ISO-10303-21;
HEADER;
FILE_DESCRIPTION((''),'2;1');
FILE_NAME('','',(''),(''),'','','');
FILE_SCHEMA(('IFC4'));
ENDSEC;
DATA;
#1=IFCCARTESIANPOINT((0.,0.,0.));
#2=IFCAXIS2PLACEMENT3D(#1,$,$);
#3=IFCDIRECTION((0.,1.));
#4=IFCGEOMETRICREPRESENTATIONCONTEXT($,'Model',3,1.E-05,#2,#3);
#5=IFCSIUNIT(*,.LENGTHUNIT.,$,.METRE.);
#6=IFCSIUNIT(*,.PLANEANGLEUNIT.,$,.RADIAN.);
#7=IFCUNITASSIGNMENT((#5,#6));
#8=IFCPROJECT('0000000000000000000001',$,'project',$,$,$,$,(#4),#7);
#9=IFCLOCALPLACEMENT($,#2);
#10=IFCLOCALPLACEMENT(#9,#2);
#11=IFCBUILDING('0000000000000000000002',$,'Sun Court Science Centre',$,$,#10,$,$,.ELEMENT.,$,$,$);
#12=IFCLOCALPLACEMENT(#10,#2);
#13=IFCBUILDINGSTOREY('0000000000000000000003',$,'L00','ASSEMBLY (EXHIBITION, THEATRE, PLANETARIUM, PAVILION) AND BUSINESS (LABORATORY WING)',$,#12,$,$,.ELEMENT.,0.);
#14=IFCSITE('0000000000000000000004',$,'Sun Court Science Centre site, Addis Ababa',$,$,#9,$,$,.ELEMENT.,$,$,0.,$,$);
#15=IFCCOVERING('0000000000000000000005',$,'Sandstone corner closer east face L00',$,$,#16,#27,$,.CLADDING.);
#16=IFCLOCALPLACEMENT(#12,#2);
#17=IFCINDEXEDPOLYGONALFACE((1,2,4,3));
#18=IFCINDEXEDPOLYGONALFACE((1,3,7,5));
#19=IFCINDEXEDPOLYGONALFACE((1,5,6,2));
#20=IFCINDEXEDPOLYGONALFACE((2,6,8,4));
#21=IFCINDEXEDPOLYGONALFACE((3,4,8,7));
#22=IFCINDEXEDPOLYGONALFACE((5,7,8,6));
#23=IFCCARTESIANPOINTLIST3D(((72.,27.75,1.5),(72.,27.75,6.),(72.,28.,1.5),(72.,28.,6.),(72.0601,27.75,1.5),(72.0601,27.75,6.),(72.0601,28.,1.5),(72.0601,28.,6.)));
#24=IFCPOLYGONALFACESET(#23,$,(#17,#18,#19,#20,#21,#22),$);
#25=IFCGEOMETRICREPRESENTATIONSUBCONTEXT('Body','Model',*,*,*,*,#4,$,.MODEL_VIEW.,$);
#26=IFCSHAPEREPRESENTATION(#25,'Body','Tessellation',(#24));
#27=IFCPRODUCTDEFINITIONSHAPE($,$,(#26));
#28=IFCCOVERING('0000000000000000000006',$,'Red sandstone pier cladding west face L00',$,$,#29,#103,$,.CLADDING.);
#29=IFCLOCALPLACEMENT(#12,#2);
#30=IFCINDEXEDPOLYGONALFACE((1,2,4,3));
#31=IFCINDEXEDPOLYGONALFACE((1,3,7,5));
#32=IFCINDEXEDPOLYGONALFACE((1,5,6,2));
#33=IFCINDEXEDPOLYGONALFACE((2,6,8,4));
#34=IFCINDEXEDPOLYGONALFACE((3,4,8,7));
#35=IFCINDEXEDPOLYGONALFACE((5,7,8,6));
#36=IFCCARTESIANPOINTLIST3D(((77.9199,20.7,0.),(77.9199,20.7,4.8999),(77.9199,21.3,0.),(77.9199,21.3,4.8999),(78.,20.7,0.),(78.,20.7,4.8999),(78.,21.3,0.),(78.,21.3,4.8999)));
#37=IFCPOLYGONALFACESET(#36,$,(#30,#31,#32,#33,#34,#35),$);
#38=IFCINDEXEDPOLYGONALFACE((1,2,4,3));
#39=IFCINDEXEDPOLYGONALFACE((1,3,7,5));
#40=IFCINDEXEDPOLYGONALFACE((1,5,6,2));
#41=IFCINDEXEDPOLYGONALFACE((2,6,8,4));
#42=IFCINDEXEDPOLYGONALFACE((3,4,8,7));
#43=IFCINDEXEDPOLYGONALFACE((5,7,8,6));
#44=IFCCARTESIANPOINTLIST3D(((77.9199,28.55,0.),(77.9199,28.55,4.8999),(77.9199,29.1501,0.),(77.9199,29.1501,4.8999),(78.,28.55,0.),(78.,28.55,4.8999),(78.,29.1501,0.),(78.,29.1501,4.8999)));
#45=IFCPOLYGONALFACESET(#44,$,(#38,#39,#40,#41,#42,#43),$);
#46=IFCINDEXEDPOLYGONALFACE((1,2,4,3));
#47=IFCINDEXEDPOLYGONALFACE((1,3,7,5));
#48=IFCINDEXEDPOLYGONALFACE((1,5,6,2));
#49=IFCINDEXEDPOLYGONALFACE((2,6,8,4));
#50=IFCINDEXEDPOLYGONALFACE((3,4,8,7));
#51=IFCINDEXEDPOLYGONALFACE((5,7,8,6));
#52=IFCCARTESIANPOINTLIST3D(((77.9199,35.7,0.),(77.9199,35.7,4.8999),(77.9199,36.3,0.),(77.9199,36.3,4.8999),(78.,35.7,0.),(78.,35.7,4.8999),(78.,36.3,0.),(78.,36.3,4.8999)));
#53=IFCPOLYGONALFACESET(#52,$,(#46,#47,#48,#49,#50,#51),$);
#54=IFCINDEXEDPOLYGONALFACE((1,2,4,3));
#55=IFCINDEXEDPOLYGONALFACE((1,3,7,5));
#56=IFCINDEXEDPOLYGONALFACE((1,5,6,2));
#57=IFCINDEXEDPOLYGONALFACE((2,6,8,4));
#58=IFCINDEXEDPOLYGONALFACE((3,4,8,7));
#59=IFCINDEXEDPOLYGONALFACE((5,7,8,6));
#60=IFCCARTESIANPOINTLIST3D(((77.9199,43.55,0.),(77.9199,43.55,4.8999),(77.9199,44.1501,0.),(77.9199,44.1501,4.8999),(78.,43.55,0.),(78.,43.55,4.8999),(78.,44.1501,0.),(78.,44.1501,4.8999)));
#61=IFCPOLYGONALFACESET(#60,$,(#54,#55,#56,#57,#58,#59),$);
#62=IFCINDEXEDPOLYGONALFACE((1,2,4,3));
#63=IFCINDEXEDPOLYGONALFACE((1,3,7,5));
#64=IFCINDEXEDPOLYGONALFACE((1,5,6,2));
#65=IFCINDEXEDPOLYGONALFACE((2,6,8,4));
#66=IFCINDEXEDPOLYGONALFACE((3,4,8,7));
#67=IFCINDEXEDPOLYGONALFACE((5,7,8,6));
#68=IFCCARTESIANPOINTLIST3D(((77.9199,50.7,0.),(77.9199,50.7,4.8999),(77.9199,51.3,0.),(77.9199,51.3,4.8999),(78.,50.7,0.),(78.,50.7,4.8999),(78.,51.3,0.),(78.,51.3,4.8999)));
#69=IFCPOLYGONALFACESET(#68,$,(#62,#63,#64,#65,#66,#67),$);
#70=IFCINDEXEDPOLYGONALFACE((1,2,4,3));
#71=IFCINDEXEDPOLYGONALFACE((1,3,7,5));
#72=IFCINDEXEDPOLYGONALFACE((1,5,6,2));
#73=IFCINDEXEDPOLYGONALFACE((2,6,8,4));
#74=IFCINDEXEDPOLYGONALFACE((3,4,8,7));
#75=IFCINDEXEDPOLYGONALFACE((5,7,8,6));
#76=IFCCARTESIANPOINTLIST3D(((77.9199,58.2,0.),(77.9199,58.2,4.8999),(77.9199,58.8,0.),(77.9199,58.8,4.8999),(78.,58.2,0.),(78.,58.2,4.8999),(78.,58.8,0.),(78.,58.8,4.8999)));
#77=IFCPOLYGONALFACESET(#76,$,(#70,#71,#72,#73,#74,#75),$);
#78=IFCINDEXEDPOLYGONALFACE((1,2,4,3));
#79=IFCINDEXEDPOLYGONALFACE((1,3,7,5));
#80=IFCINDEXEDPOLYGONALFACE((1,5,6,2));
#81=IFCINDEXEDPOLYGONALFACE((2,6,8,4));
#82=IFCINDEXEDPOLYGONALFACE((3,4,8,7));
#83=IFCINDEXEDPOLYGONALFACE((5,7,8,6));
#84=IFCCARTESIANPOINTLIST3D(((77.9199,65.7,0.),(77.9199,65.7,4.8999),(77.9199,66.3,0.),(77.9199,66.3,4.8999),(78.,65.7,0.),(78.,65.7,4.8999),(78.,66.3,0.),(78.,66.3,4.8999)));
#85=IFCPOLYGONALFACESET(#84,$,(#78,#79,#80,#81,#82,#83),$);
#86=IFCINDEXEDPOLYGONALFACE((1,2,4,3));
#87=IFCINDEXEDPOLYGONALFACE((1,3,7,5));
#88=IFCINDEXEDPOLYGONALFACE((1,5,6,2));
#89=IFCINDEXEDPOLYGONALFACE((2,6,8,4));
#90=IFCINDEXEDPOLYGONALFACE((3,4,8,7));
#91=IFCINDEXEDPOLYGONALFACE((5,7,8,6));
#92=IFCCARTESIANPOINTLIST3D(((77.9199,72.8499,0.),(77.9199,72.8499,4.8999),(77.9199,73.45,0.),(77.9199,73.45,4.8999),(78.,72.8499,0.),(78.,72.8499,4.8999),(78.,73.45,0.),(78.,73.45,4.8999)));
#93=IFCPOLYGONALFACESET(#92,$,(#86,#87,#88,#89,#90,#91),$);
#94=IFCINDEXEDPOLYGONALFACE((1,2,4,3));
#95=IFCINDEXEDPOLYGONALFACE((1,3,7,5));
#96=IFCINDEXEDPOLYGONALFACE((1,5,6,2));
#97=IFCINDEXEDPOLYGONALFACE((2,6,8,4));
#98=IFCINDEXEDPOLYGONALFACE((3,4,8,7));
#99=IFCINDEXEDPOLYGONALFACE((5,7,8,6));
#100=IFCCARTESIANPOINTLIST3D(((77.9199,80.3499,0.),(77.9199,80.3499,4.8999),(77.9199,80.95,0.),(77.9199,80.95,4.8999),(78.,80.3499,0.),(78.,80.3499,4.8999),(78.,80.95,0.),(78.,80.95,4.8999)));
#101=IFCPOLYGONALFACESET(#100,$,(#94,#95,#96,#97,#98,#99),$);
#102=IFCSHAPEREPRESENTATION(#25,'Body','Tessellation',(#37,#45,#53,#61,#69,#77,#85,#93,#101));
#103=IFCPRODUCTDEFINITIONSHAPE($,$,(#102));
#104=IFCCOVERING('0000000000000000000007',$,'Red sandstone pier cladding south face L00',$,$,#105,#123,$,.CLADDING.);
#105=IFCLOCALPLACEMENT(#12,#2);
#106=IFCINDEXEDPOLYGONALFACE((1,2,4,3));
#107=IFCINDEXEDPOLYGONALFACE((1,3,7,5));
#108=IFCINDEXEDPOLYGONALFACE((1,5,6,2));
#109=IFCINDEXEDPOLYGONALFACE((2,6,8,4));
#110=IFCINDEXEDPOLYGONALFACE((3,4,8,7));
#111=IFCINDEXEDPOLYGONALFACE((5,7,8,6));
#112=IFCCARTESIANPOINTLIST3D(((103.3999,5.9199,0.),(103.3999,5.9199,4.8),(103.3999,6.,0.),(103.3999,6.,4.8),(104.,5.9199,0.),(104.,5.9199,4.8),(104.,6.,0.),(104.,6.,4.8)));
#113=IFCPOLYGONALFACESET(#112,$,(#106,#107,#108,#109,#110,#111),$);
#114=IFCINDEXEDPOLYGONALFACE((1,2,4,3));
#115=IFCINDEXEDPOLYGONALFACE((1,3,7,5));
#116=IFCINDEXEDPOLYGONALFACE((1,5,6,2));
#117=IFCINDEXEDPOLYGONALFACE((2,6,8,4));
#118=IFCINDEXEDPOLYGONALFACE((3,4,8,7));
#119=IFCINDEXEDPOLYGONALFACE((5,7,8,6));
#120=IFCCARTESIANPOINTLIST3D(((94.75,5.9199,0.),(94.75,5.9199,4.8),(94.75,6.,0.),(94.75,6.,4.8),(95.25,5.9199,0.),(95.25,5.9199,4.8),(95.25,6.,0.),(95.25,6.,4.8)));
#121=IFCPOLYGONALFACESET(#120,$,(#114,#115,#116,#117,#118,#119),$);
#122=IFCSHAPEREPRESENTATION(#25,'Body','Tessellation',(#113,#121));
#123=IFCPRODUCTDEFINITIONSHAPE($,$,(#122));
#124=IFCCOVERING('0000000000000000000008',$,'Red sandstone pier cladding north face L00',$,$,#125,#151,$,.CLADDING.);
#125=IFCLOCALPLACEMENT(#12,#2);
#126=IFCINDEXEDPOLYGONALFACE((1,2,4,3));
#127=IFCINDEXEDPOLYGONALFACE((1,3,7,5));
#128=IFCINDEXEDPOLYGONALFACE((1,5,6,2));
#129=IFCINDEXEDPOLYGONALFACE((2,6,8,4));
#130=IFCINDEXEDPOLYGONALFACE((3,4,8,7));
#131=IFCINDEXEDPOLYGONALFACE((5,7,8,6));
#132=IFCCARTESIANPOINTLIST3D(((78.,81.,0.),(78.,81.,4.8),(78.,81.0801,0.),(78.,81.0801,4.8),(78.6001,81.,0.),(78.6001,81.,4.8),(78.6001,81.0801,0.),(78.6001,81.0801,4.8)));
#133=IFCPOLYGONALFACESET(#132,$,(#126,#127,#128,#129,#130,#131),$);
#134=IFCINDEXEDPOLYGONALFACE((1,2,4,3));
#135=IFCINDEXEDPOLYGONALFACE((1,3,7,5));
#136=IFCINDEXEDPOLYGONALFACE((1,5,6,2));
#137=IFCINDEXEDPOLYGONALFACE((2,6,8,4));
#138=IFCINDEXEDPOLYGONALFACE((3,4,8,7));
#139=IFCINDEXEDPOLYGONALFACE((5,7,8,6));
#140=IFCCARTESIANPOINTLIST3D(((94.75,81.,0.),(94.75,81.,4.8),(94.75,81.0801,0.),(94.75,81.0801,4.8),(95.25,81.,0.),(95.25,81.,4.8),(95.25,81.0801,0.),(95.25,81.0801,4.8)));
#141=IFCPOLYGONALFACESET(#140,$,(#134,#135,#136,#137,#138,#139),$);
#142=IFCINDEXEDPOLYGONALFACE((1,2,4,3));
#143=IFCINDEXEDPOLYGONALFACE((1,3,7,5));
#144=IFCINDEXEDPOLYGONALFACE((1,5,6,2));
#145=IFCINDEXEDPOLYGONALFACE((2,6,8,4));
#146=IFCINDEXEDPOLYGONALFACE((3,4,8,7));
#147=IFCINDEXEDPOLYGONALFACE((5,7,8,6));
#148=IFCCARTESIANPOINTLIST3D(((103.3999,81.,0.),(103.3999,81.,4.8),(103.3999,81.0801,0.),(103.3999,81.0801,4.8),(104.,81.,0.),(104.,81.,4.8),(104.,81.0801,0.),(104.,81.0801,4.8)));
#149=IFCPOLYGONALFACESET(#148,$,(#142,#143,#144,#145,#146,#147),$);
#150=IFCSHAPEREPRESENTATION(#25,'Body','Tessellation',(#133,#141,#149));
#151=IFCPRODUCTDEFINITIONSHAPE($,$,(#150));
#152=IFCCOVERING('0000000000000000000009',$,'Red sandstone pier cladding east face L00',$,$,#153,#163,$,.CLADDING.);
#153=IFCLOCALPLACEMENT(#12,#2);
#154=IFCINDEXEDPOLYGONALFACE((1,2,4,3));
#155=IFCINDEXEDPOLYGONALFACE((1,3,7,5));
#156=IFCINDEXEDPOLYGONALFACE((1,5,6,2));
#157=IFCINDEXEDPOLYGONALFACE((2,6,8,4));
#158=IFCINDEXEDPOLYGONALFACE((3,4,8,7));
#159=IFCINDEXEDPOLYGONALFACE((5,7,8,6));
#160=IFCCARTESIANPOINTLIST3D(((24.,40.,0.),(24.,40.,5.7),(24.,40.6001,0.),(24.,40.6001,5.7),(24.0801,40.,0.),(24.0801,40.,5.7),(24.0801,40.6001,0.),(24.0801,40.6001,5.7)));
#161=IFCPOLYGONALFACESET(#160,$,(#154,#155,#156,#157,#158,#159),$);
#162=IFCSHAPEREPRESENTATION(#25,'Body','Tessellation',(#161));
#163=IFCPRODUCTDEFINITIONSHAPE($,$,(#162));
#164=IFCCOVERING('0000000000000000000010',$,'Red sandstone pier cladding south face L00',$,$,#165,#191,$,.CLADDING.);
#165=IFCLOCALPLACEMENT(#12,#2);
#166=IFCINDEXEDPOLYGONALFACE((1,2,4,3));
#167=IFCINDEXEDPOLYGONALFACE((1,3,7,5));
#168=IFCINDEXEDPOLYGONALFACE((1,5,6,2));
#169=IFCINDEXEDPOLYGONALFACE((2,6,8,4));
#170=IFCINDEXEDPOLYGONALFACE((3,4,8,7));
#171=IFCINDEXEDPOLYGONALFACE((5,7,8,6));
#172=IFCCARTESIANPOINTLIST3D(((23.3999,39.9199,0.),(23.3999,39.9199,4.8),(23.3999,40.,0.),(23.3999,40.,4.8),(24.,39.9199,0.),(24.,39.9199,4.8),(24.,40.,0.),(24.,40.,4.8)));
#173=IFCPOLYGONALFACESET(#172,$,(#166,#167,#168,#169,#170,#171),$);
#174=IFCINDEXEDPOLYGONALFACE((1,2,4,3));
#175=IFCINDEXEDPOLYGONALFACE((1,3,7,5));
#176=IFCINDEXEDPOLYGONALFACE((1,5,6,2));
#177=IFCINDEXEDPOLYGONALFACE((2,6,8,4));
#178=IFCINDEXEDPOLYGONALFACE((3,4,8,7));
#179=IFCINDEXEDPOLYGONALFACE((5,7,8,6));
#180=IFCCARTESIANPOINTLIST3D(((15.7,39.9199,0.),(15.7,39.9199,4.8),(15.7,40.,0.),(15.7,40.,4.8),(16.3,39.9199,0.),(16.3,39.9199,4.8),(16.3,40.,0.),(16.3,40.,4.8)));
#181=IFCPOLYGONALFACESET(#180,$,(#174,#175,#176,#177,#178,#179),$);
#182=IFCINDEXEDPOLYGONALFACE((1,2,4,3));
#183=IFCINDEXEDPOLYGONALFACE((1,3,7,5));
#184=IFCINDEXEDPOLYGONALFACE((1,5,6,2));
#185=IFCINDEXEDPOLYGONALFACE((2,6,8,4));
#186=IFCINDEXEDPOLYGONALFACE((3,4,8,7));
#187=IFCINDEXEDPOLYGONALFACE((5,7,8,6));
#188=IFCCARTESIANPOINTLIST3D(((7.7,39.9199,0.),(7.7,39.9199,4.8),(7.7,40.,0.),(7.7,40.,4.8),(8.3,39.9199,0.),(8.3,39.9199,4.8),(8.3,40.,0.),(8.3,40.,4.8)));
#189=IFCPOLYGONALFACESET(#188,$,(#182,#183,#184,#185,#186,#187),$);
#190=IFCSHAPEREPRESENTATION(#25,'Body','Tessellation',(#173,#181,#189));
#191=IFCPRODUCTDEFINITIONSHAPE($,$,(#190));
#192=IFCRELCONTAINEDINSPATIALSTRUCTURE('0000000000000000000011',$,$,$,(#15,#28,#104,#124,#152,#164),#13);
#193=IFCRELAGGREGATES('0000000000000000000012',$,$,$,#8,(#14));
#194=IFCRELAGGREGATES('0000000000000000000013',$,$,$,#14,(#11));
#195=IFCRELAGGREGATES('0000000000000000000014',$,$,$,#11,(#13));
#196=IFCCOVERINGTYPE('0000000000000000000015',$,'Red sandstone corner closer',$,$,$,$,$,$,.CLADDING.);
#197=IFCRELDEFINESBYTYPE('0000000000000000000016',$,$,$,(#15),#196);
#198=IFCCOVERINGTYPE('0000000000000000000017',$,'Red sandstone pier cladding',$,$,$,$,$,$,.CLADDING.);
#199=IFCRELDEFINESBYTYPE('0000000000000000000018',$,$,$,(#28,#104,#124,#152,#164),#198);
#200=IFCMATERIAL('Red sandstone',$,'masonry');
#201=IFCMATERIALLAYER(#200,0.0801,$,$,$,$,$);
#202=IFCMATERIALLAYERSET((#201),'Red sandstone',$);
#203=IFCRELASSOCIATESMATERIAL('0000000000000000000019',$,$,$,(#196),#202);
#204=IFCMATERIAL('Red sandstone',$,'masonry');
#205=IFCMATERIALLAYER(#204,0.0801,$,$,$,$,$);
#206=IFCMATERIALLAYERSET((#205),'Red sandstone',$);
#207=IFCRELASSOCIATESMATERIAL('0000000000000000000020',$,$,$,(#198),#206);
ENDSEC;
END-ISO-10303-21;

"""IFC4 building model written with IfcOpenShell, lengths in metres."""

from ifc_helpers import new_model, si_unit, direction, frame, origin, origin_2d, place, context, subcontext, project, spatial, rectangle, extrude, material, layer, layer_set, type_object, element, save


model = new_model("IFC4")

# Units and contexts
model_context = context("Model", 3, precision=1e-05, world=origin(), true_north=direction((0.0, 1.0)))
body_context = subcontext(model_context, "Body", "Model", "MODEL_VIEW")
ifc_project = project(units=[si_unit("LENGTHUNIT", "METRE"), si_unit("PLANEANGLEUNIT", "RADIAN")], contexts=[model_context])

# Site, building, storey
site_placement = place(None, origin())
site = spatial("IfcSite", under=ifc_project, at=site_placement, Name="Sun Court Science Centre site, Addis Ababa", CompositionType="ELEMENT", RefElevation=0.0)
building_placement = place(site_placement, origin())
building = spatial("IfcBuilding", under=site, at=building_placement, Name="Sun Court Science Centre", CompositionType="ELEMENT")
storey_placement = place(building_placement, origin())
storey = spatial("IfcBuildingStorey", under=building, at=storey_placement, Name="L00", Description="ASSEMBLY (EXHIBITION, THEATRE, PLANETARIUM, PAVILION) AND BUSINESS (LABORATORY WING)", CompositionType="ELEMENT", Elevation=0.0)

# Coverings
ifc_material_1 = material(Name="Red sandstone", Category="masonry")
ifc_layer_1 = layer(ifc_material_1, 0.0801)
ifc_layer_set_1 = layer_set([ifc_layer_1], Name="Red sandstone")
covering_type_1 = type_object("IfcCoveringType", Name="Red sandstone corner closer", PredefinedType="CLADDING", material=ifc_layer_set_1)
covering_1_placement = place(storey_placement, origin())
element("IfcCovering", 1, at=covering_1_placement, inside=storey, type_object=covering_type_1, Name="Sandstone corner closer east face L00", PredefinedType="CLADDING", context=body_context, shape_type="SweptSolid", body=[
    extrude(rectangle(XDim=0.25, YDim=0.0601, at=origin_2d()), frame((72.03, 27.875, 1.5), z_axis=(0.0, 0.0, 1.0), x_axis=(0.0, -1.0, 0.0)), (0.0, 0.0, 1.0), 4.5),
])
ifc_material_2 = material(Name="Red sandstone", Category="masonry")
ifc_layer_2 = layer(ifc_material_2, 0.0801)
ifc_layer_set_2 = layer_set([ifc_layer_2], Name="Red sandstone")
covering_type_2 = type_object("IfcCoveringType", Name="Red sandstone pier cladding", PredefinedType="CLADDING", material=ifc_layer_set_2)
covering_2_placement = place(storey_placement, origin())
element("IfcCovering", 2, at=covering_2_placement, inside=storey, type_object=covering_type_2, Name="Red sandstone pier cladding west face L00", PredefinedType="CLADDING", context=body_context, shape_type="SweptSolid", body=[
    extrude(rectangle(XDim=0.6001, YDim=0.0801, at=origin_2d()), frame((77.96, 21.0, 0.0), z_axis=(0.0, 0.0, 1.0), x_axis=(0.0, 1.0, 0.0)), (0.0, 0.0, 1.0), 4.8999),
    extrude(rectangle(XDim=0.6001, YDim=0.0801, at=origin_2d()), frame((77.96, 28.8501, 0.0), z_axis=(0.0, 0.0, 1.0), x_axis=(0.0, 1.0, 0.0)), (0.0, 0.0, 1.0), 4.8999),
    extrude(rectangle(XDim=0.6001, YDim=0.0801, at=origin_2d()), frame((77.96, 36.0, 0.0), z_axis=(0.0, 0.0, 1.0), x_axis=(0.0, 1.0, 0.0)), (0.0, 0.0, 1.0), 4.8999),
    extrude(rectangle(XDim=0.6001, YDim=0.0801, at=origin_2d()), frame((77.96, 43.8501, 0.0), z_axis=(0.0, 0.0, 1.0), x_axis=(0.0, 1.0, 0.0)), (0.0, 0.0, 1.0), 4.8999),
    extrude(rectangle(XDim=0.6001, YDim=0.0801, at=origin_2d()), frame((77.96, 51.0, 0.0), z_axis=(0.0, 0.0, 1.0), x_axis=(0.0, 1.0, 0.0)), (0.0, 0.0, 1.0), 4.8999),
    extrude(rectangle(XDim=0.6001, YDim=0.0801, at=origin_2d()), frame((77.96, 58.5, 0.0), z_axis=(0.0, 0.0, 1.0), x_axis=(0.0, 1.0, 0.0)), (0.0, 0.0, 1.0), 4.8999),
    extrude(rectangle(XDim=0.6001, YDim=0.0801, at=origin_2d()), frame((77.96, 66.0, 0.0), z_axis=(0.0, 0.0, 1.0), x_axis=(0.0, 1.0, 0.0)), (0.0, 0.0, 1.0), 4.8999),
    extrude(rectangle(XDim=0.6001, YDim=0.0801, at=origin_2d()), frame((77.96, 73.1499, 0.0), z_axis=(0.0, 0.0, 1.0), x_axis=(0.0, 1.0, 0.0)), (0.0, 0.0, 1.0), 4.8999),
    extrude(rectangle(XDim=0.6001, YDim=0.0801, at=origin_2d()), frame((77.96, 80.6499, 0.0), z_axis=(0.0, 0.0, 1.0), x_axis=(0.0, 1.0, 0.0)), (0.0, 0.0, 1.0), 4.8999),
])
covering_3_placement = place(storey_placement, origin())
element("IfcCovering", 3, at=covering_3_placement, inside=storey, type_object=covering_type_2, Name="Red sandstone pier cladding south face L00", PredefinedType="CLADDING", context=body_context, shape_type="SweptSolid", body=[
    extrude(rectangle(XDim=0.6001, YDim=0.0801, at=origin_2d()), frame((103.7, 5.96, 0.0), z_axis=(0.0, 0.0, 1.0), x_axis=(-1.0, 0.0, 0.0)), (0.0, 0.0, 1.0), 4.8),
    extrude(rectangle(XDim=0.5, YDim=0.0801, at=origin_2d()), frame((95.0, 5.96, 0.0), z_axis=(0.0, 0.0, 1.0), x_axis=(-1.0, 0.0, 0.0)), (0.0, 0.0, 1.0), 4.8),
])
covering_4_placement = place(storey_placement, origin())
element("IfcCovering", 4, at=covering_4_placement, inside=storey, type_object=covering_type_2, Name="Red sandstone pier cladding north face L00", PredefinedType="CLADDING", context=body_context, shape_type="SweptSolid", body=[
    extrude(rectangle(XDim=0.6001, YDim=0.0801, at=origin_2d()), frame((78.3, 81.04, 0.0), z_axis=(0.0, 0.0, 1.0), x_axis=(1.0, 0.0, 0.0)), (0.0, 0.0, 1.0), 4.8),
    extrude(rectangle(XDim=0.5, YDim=0.0801, at=origin_2d()), frame((95.0, 81.04, 0.0), z_axis=(0.0, 0.0, 1.0), x_axis=(1.0, 0.0, 0.0)), (0.0, 0.0, 1.0), 4.8),
    extrude(rectangle(XDim=0.6001, YDim=0.0801, at=origin_2d()), frame((103.7, 81.04, 0.0), z_axis=(0.0, 0.0, 1.0), x_axis=(1.0, 0.0, 0.0)), (0.0, 0.0, 1.0), 4.8),
])
covering_5_placement = place(storey_placement, origin())
element("IfcCovering", 5, at=covering_5_placement, inside=storey, type_object=covering_type_2, Name="Red sandstone pier cladding east face L00", PredefinedType="CLADDING", context=body_context, shape_type="SweptSolid", body=[
    extrude(rectangle(XDim=0.6001, YDim=0.0801, at=origin_2d()), frame((24.04, 40.3, 0.0), z_axis=(0.0, 0.0, 1.0), x_axis=(0.0, -1.0, 0.0)), (0.0, 0.0, 1.0), 5.7),
])
covering_6_placement = place(storey_placement, origin())
element("IfcCovering", 6, at=covering_6_placement, inside=storey, type_object=covering_type_2, Name="Red sandstone pier cladding south face L00", PredefinedType="CLADDING", context=body_context, shape_type="SweptSolid", body=[
    extrude(rectangle(XDim=0.6001, YDim=0.0801, at=origin_2d()), frame((23.7, 39.96, 0.0), z_axis=(0.0, 0.0, 1.0), x_axis=(-1.0, 0.0, 0.0)), (0.0, 0.0, 1.0), 4.8),
    extrude(rectangle(XDim=0.6001, YDim=0.0801, at=origin_2d()), frame((16.0, 39.96, 0.0), z_axis=(0.0, 0.0, 1.0), x_axis=(-1.0, 0.0, 0.0)), (0.0, 0.0, 1.0), 4.8),
    extrude(rectangle(XDim=0.6001, YDim=0.0801, at=origin_2d()), frame((8.0, 39.96, 0.0), z_axis=(0.0, 0.0, 1.0), x_axis=(-1.0, 0.0, 0.0)), (0.0, 0.0, 1.0), 4.8),
])

save(model, "model.ifc")
